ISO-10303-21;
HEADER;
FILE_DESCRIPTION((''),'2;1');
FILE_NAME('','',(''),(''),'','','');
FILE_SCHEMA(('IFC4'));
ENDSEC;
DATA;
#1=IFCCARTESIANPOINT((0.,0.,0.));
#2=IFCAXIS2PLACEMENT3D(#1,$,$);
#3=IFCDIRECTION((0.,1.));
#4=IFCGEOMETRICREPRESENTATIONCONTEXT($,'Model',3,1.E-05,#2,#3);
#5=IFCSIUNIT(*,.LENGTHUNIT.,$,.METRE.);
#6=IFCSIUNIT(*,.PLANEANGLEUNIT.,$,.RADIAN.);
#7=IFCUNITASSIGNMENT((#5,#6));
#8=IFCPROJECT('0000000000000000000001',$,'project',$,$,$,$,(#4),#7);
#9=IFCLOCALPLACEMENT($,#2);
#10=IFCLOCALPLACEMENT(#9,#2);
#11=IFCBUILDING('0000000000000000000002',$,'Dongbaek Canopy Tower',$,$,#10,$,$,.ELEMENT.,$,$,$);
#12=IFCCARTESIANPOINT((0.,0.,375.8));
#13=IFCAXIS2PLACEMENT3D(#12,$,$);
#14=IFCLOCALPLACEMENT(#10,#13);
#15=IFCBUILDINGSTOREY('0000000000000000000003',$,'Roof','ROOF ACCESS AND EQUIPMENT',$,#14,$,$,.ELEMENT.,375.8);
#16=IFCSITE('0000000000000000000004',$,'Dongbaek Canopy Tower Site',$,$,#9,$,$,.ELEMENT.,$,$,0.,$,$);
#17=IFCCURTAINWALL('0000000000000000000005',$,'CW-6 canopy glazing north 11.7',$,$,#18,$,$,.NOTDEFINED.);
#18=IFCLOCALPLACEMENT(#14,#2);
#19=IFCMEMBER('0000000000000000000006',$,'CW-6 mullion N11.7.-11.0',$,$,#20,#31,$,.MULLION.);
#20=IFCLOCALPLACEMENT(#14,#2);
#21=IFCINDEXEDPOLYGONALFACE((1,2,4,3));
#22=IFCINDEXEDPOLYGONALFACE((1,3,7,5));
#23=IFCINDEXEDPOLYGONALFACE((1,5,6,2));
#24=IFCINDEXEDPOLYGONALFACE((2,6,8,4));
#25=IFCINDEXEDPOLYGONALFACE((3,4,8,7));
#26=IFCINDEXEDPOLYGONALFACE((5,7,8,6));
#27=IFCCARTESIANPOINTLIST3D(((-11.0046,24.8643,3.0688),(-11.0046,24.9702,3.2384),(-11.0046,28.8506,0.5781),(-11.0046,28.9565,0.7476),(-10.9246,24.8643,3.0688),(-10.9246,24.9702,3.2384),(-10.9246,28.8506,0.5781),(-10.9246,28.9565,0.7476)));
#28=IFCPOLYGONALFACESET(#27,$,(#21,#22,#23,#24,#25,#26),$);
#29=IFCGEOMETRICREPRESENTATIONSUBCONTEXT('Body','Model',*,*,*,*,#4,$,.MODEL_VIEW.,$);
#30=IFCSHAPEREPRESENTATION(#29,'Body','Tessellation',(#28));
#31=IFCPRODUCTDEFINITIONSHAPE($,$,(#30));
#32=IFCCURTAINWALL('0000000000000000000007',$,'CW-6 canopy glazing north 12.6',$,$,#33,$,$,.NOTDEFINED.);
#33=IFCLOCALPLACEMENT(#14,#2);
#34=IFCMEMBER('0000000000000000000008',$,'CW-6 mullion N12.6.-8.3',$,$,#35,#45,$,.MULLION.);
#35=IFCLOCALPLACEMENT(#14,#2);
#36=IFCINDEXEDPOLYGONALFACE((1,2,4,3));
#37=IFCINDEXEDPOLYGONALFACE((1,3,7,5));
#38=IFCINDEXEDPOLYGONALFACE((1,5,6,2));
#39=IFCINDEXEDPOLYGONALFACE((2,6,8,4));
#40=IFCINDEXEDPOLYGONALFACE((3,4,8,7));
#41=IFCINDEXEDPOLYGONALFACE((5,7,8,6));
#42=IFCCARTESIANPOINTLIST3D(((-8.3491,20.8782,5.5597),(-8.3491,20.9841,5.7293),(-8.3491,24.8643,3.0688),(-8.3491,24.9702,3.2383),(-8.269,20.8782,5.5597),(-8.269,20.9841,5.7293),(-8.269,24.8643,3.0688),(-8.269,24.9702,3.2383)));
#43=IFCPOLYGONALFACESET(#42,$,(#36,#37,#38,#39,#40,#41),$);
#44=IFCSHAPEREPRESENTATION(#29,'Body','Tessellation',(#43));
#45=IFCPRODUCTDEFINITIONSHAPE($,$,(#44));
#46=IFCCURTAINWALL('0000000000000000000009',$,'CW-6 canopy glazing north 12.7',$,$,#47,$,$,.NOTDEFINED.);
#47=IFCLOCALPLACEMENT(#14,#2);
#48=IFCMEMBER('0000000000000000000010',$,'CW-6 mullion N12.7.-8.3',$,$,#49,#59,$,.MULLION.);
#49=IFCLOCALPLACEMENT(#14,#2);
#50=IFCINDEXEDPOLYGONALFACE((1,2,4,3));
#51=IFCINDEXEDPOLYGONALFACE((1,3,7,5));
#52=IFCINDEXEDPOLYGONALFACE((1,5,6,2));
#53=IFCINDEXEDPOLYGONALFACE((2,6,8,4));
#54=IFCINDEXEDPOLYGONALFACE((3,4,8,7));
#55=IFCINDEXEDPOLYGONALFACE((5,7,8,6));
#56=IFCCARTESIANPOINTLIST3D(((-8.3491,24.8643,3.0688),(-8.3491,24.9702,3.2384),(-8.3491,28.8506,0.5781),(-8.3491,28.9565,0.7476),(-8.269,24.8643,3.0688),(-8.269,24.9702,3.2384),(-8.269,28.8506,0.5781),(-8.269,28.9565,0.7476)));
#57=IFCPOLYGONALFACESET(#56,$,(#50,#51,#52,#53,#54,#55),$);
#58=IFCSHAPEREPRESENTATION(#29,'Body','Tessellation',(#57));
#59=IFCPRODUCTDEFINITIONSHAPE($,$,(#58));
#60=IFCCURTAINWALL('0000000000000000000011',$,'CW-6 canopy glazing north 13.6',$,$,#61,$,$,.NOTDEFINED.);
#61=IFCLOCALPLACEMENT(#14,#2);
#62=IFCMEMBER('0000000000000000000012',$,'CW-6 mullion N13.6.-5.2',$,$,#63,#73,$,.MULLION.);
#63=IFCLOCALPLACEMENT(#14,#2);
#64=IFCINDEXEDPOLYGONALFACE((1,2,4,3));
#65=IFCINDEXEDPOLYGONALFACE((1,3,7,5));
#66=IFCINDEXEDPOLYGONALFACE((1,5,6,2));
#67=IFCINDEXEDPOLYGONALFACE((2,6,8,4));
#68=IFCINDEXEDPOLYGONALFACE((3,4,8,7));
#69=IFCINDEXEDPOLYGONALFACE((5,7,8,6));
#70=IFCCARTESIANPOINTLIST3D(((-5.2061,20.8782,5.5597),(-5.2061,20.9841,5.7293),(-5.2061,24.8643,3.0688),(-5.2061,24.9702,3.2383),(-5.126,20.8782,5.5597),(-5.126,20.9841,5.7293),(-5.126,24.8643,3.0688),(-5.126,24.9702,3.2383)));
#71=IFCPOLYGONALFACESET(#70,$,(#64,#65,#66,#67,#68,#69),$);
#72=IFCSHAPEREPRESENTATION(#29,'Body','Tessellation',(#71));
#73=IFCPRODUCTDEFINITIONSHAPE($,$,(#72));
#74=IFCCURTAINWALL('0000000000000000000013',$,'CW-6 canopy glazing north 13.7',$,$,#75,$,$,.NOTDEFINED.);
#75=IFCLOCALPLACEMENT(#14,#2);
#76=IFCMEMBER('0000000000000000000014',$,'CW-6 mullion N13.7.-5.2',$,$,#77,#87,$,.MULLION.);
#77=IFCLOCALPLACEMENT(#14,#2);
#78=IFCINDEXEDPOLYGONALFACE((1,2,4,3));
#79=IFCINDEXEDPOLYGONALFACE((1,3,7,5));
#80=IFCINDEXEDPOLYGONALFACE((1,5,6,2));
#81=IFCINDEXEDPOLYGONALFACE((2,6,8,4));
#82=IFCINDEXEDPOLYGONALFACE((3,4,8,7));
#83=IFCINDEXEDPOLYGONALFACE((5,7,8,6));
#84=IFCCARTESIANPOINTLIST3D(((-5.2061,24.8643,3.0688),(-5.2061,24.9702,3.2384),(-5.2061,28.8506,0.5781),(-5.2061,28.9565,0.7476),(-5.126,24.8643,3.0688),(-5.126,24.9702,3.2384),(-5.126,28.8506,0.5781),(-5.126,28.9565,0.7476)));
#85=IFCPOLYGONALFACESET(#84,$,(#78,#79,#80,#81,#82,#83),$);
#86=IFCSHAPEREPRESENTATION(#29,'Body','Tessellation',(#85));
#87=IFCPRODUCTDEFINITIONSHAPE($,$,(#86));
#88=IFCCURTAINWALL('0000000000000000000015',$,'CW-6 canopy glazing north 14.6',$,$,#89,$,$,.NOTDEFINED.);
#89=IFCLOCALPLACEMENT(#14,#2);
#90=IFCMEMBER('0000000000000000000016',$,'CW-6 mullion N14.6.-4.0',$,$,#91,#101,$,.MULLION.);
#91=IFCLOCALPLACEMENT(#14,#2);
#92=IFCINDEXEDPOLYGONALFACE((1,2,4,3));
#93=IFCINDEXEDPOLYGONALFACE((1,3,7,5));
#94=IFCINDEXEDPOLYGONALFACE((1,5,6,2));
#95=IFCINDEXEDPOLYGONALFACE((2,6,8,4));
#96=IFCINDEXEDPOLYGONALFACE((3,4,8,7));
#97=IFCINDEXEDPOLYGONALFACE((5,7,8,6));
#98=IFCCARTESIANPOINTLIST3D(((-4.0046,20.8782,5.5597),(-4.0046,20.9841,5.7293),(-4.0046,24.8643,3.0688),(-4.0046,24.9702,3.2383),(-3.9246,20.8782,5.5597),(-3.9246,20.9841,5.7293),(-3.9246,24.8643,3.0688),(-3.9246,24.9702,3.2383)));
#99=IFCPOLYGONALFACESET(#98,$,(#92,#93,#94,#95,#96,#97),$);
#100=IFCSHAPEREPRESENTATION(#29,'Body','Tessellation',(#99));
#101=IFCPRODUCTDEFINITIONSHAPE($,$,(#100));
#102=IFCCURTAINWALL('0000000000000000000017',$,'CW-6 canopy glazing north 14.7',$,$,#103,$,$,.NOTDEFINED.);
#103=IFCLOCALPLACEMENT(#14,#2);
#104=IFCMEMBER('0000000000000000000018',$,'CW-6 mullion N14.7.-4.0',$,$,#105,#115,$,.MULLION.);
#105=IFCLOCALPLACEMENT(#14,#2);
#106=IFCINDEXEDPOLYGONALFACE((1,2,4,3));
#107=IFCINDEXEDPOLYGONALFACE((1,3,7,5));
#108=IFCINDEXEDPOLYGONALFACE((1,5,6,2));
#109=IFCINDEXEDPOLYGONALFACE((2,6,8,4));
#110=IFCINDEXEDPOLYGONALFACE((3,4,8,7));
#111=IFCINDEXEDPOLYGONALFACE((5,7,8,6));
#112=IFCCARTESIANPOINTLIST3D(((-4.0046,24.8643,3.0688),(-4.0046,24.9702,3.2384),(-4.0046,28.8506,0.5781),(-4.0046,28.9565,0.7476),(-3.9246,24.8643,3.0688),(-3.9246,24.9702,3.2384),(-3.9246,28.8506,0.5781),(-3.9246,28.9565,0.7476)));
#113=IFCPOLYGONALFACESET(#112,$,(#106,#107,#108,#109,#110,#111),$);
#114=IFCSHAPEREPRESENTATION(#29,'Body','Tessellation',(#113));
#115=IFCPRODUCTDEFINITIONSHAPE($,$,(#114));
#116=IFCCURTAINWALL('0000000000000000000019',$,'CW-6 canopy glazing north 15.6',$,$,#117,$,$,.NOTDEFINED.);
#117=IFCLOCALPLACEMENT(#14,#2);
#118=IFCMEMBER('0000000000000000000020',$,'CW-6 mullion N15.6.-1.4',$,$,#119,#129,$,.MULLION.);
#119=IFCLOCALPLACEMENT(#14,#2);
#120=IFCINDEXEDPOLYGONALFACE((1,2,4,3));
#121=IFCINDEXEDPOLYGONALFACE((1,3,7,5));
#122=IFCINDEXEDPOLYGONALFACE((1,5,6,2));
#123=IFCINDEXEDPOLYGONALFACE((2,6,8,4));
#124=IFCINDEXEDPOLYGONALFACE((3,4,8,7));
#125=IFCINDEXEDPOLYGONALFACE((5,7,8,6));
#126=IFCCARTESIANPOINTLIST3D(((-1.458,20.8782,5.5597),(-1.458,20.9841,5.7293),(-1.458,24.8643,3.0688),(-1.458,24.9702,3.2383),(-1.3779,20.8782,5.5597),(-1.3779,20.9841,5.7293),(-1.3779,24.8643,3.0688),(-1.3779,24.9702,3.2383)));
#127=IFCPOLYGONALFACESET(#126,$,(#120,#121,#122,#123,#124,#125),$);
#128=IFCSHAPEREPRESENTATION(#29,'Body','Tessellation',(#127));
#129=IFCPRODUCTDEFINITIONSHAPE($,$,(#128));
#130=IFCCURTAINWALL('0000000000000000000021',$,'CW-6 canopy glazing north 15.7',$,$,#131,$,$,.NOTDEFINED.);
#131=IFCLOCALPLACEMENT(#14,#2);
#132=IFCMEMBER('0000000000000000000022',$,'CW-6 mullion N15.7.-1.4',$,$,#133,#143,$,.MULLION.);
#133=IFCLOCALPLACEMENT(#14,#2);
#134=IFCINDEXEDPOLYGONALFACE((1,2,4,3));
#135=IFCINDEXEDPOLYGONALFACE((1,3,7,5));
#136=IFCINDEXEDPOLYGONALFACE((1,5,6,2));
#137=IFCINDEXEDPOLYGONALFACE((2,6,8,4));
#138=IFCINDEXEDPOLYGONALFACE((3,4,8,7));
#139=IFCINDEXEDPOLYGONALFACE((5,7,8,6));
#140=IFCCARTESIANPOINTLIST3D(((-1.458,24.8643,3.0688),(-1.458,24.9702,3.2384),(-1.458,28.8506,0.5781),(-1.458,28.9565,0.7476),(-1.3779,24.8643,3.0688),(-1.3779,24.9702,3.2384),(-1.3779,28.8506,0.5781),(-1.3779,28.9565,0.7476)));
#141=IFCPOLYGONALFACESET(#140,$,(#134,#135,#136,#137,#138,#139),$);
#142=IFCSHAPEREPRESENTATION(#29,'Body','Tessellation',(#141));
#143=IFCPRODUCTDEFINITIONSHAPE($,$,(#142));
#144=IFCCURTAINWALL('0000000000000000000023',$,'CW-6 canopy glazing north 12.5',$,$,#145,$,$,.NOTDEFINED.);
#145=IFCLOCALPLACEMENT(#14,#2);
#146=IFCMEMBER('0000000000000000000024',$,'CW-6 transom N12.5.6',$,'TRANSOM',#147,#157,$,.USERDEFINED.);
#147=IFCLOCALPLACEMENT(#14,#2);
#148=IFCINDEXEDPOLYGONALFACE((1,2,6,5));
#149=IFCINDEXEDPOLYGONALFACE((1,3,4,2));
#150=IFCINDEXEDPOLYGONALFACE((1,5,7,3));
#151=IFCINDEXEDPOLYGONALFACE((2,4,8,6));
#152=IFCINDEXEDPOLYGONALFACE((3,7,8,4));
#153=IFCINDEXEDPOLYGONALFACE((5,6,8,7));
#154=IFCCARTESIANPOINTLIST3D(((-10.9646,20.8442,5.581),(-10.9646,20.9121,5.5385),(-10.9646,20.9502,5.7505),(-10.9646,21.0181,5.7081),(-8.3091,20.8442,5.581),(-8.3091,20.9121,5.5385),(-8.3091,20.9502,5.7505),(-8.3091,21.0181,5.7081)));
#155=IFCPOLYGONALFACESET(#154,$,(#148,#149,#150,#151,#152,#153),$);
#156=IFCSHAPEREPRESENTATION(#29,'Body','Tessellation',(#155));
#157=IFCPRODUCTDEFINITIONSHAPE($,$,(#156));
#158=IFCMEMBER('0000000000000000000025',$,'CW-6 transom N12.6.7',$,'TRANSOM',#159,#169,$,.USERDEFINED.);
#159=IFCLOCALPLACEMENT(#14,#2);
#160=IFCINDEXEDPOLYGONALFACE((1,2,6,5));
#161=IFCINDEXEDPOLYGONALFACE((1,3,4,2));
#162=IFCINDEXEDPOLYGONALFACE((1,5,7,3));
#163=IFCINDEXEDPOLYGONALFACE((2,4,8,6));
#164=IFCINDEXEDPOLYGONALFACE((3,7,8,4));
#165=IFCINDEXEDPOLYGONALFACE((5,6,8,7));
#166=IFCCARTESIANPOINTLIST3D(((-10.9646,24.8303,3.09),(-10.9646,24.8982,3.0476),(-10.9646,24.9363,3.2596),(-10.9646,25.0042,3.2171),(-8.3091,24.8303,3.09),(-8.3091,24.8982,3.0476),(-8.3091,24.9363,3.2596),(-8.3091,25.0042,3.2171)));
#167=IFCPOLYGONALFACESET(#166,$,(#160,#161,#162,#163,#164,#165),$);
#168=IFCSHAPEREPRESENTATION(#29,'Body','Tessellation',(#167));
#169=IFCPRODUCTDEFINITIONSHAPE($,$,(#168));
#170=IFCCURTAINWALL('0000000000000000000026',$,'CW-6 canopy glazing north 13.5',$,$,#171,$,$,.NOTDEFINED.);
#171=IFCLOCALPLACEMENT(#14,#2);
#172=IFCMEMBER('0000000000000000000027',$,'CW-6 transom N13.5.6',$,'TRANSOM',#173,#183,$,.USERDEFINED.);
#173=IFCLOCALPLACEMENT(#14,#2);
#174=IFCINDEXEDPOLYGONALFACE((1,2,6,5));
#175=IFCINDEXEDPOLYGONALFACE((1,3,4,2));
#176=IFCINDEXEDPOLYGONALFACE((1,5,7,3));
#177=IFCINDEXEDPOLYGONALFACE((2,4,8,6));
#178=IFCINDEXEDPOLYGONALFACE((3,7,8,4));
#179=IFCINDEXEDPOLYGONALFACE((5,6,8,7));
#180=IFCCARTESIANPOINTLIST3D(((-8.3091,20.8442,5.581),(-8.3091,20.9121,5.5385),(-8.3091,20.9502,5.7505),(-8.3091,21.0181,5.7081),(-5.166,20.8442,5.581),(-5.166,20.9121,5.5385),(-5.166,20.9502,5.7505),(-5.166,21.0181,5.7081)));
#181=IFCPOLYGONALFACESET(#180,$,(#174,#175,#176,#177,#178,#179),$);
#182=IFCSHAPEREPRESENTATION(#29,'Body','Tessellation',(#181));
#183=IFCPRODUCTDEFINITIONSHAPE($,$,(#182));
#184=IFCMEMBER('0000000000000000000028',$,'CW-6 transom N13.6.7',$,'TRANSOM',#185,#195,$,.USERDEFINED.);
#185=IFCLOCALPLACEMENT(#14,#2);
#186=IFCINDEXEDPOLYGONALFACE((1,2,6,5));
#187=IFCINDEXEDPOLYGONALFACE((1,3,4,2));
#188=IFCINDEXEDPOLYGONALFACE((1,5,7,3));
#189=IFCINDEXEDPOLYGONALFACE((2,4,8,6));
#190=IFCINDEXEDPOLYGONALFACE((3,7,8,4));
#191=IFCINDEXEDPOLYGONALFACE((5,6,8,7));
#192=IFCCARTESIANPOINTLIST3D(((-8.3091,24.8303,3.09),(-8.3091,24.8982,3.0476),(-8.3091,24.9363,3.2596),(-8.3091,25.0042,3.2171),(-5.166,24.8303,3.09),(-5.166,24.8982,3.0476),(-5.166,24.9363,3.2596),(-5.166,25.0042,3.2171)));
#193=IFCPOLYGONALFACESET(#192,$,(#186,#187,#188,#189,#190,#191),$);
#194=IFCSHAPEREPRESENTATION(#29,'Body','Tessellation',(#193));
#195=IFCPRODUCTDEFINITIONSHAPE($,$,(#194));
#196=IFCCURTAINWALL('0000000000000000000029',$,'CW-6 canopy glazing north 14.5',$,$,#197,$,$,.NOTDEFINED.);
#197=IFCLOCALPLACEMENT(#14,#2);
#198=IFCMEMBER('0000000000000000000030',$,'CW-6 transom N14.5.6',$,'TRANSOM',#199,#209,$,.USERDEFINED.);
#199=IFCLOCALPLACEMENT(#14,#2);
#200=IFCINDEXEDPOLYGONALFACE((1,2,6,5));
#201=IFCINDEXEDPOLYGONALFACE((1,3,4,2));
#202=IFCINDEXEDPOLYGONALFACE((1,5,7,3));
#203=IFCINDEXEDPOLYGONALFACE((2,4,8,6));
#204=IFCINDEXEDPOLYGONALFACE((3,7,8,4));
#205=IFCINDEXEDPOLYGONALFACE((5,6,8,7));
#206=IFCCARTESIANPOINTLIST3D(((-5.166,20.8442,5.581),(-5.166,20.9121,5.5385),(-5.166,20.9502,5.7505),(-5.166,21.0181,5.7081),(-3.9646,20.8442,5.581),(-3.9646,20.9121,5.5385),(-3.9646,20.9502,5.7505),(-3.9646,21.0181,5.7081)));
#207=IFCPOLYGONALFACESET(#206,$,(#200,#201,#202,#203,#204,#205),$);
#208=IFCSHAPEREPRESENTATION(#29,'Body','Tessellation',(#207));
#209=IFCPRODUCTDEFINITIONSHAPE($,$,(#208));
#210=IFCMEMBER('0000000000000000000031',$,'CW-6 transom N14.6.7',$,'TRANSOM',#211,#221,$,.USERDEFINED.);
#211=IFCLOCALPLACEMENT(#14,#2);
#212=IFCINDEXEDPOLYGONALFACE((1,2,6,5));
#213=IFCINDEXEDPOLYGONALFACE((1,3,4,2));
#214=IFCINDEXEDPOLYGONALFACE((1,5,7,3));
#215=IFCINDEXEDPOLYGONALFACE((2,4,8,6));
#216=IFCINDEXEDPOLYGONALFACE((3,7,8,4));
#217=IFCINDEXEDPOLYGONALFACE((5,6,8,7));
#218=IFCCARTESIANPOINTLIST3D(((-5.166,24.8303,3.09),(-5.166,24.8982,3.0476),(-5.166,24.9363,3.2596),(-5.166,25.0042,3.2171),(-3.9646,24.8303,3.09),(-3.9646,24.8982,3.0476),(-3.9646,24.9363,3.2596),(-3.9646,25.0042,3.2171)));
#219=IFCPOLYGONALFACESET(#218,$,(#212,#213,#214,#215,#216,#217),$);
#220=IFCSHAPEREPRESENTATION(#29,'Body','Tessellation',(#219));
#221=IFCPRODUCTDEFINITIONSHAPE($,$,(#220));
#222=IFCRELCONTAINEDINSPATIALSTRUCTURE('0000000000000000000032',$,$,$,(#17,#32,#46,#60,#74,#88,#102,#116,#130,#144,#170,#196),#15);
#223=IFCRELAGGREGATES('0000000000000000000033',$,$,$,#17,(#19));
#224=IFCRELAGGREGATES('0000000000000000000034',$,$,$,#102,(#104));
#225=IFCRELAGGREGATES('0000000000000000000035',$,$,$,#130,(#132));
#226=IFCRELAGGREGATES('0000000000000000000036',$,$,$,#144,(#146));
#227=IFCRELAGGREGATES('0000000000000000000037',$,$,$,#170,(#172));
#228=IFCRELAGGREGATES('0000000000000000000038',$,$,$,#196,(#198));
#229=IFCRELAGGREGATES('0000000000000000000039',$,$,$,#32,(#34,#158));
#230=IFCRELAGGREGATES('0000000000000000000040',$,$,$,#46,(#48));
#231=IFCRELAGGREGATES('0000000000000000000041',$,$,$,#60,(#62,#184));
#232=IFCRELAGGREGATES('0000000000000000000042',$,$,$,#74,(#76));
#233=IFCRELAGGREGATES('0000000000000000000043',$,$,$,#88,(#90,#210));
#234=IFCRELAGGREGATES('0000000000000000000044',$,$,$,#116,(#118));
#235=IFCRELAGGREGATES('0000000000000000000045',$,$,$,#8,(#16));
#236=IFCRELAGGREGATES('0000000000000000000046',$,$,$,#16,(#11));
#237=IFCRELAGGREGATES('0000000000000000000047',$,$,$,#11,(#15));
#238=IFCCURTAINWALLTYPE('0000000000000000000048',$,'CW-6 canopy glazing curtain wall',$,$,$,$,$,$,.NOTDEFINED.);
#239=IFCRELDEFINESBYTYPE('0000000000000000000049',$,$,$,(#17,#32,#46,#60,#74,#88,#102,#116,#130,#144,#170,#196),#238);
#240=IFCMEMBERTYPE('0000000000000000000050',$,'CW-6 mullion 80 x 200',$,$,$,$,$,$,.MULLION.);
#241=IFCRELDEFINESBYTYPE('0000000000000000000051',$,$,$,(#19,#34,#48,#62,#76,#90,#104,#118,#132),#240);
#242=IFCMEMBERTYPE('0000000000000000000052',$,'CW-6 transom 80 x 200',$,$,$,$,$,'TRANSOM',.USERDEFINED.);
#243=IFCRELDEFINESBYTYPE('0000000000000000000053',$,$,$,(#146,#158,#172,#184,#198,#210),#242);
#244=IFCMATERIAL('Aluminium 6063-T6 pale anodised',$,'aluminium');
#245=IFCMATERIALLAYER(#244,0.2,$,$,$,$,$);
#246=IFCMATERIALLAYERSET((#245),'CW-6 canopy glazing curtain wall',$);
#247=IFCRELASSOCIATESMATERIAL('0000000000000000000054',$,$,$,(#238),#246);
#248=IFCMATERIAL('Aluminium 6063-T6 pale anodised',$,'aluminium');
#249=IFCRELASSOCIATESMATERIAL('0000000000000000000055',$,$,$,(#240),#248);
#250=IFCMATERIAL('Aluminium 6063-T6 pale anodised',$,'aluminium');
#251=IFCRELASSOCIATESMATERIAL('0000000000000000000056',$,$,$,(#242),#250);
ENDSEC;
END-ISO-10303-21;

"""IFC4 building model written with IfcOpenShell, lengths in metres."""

from ifc_helpers import new_model, si_unit, direction, frame, origin, origin_2d, place, context, subcontext, project, spatial, rectangle, extrude, material, layer, layer_set, material_profile, profile_set, type_object, element, aggregate, save


model = new_model("IFC4")

# Units and contexts
model_context = context("Model", 3, precision=1e-05, world=origin(), true_north=direction((0.0, 1.0)))
body_context = subcontext(model_context, "Body", "Model", "MODEL_VIEW")
ifc_project = project(units=[si_unit("LENGTHUNIT", "METRE"), si_unit("PLANEANGLEUNIT", "RADIAN")], contexts=[model_context])

# Site, building, storey
site_placement = place(None, origin())
site = spatial("IfcSite", under=ifc_project, at=site_placement, Name="Dongbaek Canopy Tower Site", CompositionType="ELEMENT", RefElevation=0.0)
building_placement = place(site_placement, origin())
building = spatial("IfcBuilding", under=site, at=building_placement, Name="Dongbaek Canopy Tower", CompositionType="ELEMENT")
storey_placement = place(building_placement, frame((0.0, 0.0, 375.8)))
storey = spatial("IfcBuildingStorey", under=building, at=storey_placement, Name="Roof", Description="ROOF ACCESS AND EQUIPMENT", CompositionType="ELEMENT", Elevation=375.8)

# Curtain walls, members
ifc_material_1 = material(Name="Aluminium 6063-T6 pale anodised", Category="aluminium")
ifc_layer_1 = layer(ifc_material_1, 0.2)
ifc_layer_set_1 = layer_set([ifc_layer_1], Name="CW-6 canopy glazing curtain wall")
curtain_wall_type = type_object("IfcCurtainWallType", Name="CW-6 canopy glazing curtain wall", PredefinedType="NOTDEFINED", material=ifc_layer_set_1)
curtain_wall_1_placement = place(storey_placement, origin())
curtain_wall_1 = element("IfcCurtainWall", 1, at=curtain_wall_1_placement, inside=storey, type_object=curtain_wall_type, Name="CW-6 canopy glazing north 11.7", PredefinedType="NOTDEFINED")
ifc_material_2 = material(Name="Aluminium 6063-T6 pale anodised", Category="aluminium")
ifc_material_profile_1 = material_profile(ifc_material_2, rectangle(XDim=0.0801, YDim=0.2, at=origin_2d()), Name="CW-6 mullion 80 x 200")
ifc_profile_set_1 = profile_set([ifc_material_profile_1], Name="Aluminium 6063-T6 pale anodised")
member_type_1 = type_object("IfcMemberType", Name="CW-6 mullion 80 x 200", PredefinedType="MULLION", material=ifc_profile_set_1)
member_1_placement = place(storey_placement, frame((-10.9646, 24.9172, 3.1536), z_axis=(0.0, 0.848068, -0.529887), x_axis=(-1.0, 0.0, 0.0)))
member_1 = element("IfcMember", 2, at=member_1_placement, type_object=member_type_1, Name="CW-6 mullion N11.7.-11.0", PredefinedType="MULLION", context=body_context, shape_type="SweptSolid", body=[
    extrude(rectangle(XDim=0.0801, YDim=0.2, at=origin_2d()), origin(), (0.0, 0.0, 1.0), 4.7004),
])
aggregate(curtain_wall_1, [member_1])
curtain_wall_2_placement = place(storey_placement, origin())
curtain_wall_2 = element("IfcCurtainWall", 3, at=curtain_wall_2_placement, inside=storey, type_object=curtain_wall_type, Name="CW-6 canopy glazing north 12.6", PredefinedType="NOTDEFINED")
member_2_placement = place(storey_placement, frame((-8.3091, 20.9312, 5.6445), z_axis=(0.0, 0.84803, -0.529948), x_axis=(-1.0, 0.0, 0.0)))
member_2 = element("IfcMember", 4, at=member_2_placement, type_object=member_type_1, Name="CW-6 mullion N12.6.-8.3", PredefinedType="MULLION", context=body_context, shape_type="SweptSolid", body=[
    extrude(rectangle(XDim=0.0801, YDim=0.2, at=origin_2d()), origin(), (0.0, 0.0, 1.0), 4.7004),
])
curtain_wall_3_placement = place(storey_placement, origin())
curtain_wall_3 = element("IfcCurtainWall", 5, at=curtain_wall_3_placement, inside=storey, type_object=curtain_wall_type, Name="CW-6 canopy glazing north 12.7", PredefinedType="NOTDEFINED")
member_3_placement = place(storey_placement, frame((-8.3091, 24.9172, 3.1536), z_axis=(0.0, 0.848068, -0.529887), x_axis=(-1.0, 0.0, 0.0)))
member_3 = element("IfcMember", 6, at=member_3_placement, type_object=member_type_1, Name="CW-6 mullion N12.7.-8.3", PredefinedType="MULLION", context=body_context, shape_type="SweptSolid", body=[
    extrude(rectangle(XDim=0.0801, YDim=0.2, at=origin_2d()), origin(), (0.0, 0.0, 1.0), 4.7004),
])
curtain_wall_4_placement = place(storey_placement, origin())
curtain_wall_4 = element("IfcCurtainWall", 7, at=curtain_wall_4_placement, inside=storey, type_object=curtain_wall_type, Name="CW-6 canopy glazing north 13.6", PredefinedType="NOTDEFINED")
member_4_placement = place(storey_placement, frame((-5.166, 20.9312, 5.6445), z_axis=(0.0, 0.84803, -0.529948), x_axis=(-1.0, 0.0, 0.0)))
member_4 = element("IfcMember", 8, at=member_4_placement, type_object=member_type_1, Name="CW-6 mullion N13.6.-5.2", PredefinedType="MULLION", context=body_context, shape_type="SweptSolid", body=[
    extrude(rectangle(XDim=0.0801, YDim=0.2, at=origin_2d()), origin(), (0.0, 0.0, 1.0), 4.7004),
])
curtain_wall_5_placement = place(storey_placement, origin())
curtain_wall_5 = element("IfcCurtainWall", 9, at=curtain_wall_5_placement, inside=storey, type_object=curtain_wall_type, Name="CW-6 canopy glazing north 13.7", PredefinedType="NOTDEFINED")
member_5_placement = place(storey_placement, frame((-5.166, 24.9172, 3.1536), z_axis=(0.0, 0.848068, -0.529887), x_axis=(-1.0, 0.0, 0.0)))
member_5 = element("IfcMember", 10, at=member_5_placement, type_object=member_type_1, Name="CW-6 mullion N13.7.-5.2", PredefinedType="MULLION", context=body_context, shape_type="SweptSolid", body=[
    extrude(rectangle(XDim=0.0801, YDim=0.2, at=origin_2d()), origin(), (0.0, 0.0, 1.0), 4.7004),
])
curtain_wall_6_placement = place(storey_placement, origin())
curtain_wall_6 = element("IfcCurtainWall", 11, at=curtain_wall_6_placement, inside=storey, type_object=curtain_wall_type, Name="CW-6 canopy glazing north 14.6", PredefinedType="NOTDEFINED")
member_6_placement = place(storey_placement, frame((-3.9646, 20.9312, 5.6445), z_axis=(0.0, 0.84803, -0.529948), x_axis=(-1.0, 0.0, 0.0)))
member_6 = element("IfcMember", 12, at=member_6_placement, type_object=member_type_1, Name="CW-6 mullion N14.6.-4.0", PredefinedType="MULLION", context=body_context, shape_type="SweptSolid", body=[
    extrude(rectangle(XDim=0.0801, YDim=0.2, at=origin_2d()), origin(), (0.0, 0.0, 1.0), 4.7004),
])
curtain_wall_7_placement = place(storey_placement, origin())
curtain_wall_7 = element("IfcCurtainWall", 13, at=curtain_wall_7_placement, inside=storey, type_object=curtain_wall_type, Name="CW-6 canopy glazing north 14.7", PredefinedType="NOTDEFINED")
member_7_placement = place(storey_placement, frame((-3.9646, 24.9172, 3.1536), z_axis=(0.0, 0.848068, -0.529887), x_axis=(-1.0, 0.0, 0.0)))
member_7 = element("IfcMember", 14, at=member_7_placement, type_object=member_type_1, Name="CW-6 mullion N14.7.-4.0", PredefinedType="MULLION", context=body_context, shape_type="SweptSolid", body=[
    extrude(rectangle(XDim=0.0801, YDim=0.2, at=origin_2d()), origin(), (0.0, 0.0, 1.0), 4.7004),
])
aggregate(curtain_wall_7, [member_7])
curtain_wall_8_placement = place(storey_placement, origin())
curtain_wall_8 = element("IfcCurtainWall", 15, at=curtain_wall_8_placement, inside=storey, type_object=curtain_wall_type, Name="CW-6 canopy glazing north 15.6", PredefinedType="NOTDEFINED")
member_8_placement = place(storey_placement, frame((-1.418, 20.9312, 5.6445), z_axis=(0.0, 0.84803, -0.529948), x_axis=(-1.0, 0.0, 0.0)))
member_8 = element("IfcMember", 16, at=member_8_placement, type_object=member_type_1, Name="CW-6 mullion N15.6.-1.4", PredefinedType="MULLION", context=body_context, shape_type="SweptSolid", body=[
    extrude(rectangle(XDim=0.0801, YDim=0.2, at=origin_2d()), origin(), (0.0, 0.0, 1.0), 4.7004),
])
curtain_wall_9_placement = place(storey_placement, origin())
curtain_wall_9 = element("IfcCurtainWall", 17, at=curtain_wall_9_placement, inside=storey, type_object=curtain_wall_type, Name="CW-6 canopy glazing north 15.7", PredefinedType="NOTDEFINED")
member_9_placement = place(storey_placement, frame((-1.418, 24.9172, 3.1536), z_axis=(0.0, 0.848068, -0.529887), x_axis=(-1.0, 0.0, 0.0)))
member_9 = element("IfcMember", 18, at=member_9_placement, type_object=member_type_1, Name="CW-6 mullion N15.7.-1.4", PredefinedType="MULLION", context=body_context, shape_type="SweptSolid", body=[
    extrude(rectangle(XDim=0.0801, YDim=0.2, at=origin_2d()), origin(), (0.0, 0.0, 1.0), 4.7004),
])
aggregate(curtain_wall_9, [member_9])
curtain_wall_10_placement = place(storey_placement, origin())
curtain_wall_10 = element("IfcCurtainWall", 19, at=curtain_wall_10_placement, inside=storey, type_object=curtain_wall_type, Name="CW-6 canopy glazing north 12.5", PredefinedType="NOTDEFINED")
ifc_material_3 = material(Name="Aluminium 6063-T6 pale anodised", Category="aluminium")
ifc_material_profile_2 = material_profile(ifc_material_3, rectangle(XDim=0.0801, YDim=0.2, at=origin_2d()), Name="CW-6 transom 80 x 200")
ifc_profile_set_2 = profile_set([ifc_material_profile_2], Name="Aluminium 6063-T6 pale anodised")
member_type_2 = type_object("IfcMemberType", Name="CW-6 transom 80 x 200", ElementType="TRANSOM", PredefinedType="USERDEFINED", material=ifc_profile_set_2)
member_10_placement = place(storey_placement, frame((-10.9646, 20.9312, 5.6445), z_axis=(1.0, 0.0, 0.0), x_axis=(0.0, 0.848048, -0.529919)))
member_10 = element("IfcMember", 20, at=member_10_placement, type_object=member_type_2, Name="CW-6 transom N12.5.6", ObjectType="TRANSOM", PredefinedType="USERDEFINED", context=body_context, shape_type="SweptSolid", body=[
    extrude(rectangle(XDim=0.0801, YDim=0.2, at=origin_2d()), origin(), (0.0, 0.0, 1.0), 2.6555),
])
aggregate(curtain_wall_10, [member_10])

# Member
member_11_placement = place(storey_placement, frame((-10.9646, 24.9172, 3.1536), z_axis=(1.0, 0.0, 0.0), x_axis=(0.0, 0.848048, -0.529919)))
member_11 = element("IfcMember", 21, at=member_11_placement, type_object=member_type_2, Name="CW-6 transom N12.6.7", ObjectType="TRANSOM", PredefinedType="USERDEFINED", context=body_context, shape_type="SweptSolid", body=[
    extrude(rectangle(XDim=0.0801, YDim=0.2, at=origin_2d()), origin(), (0.0, 0.0, 1.0), 2.6555),
])

# Curtain wall, member
curtain_wall_11_placement = place(storey_placement, origin())
curtain_wall_11 = element("IfcCurtainWall", 22, at=curtain_wall_11_placement, inside=storey, type_object=curtain_wall_type, Name="CW-6 canopy glazing north 13.5", PredefinedType="NOTDEFINED")
member_12_placement = place(storey_placement, frame((-8.3091, 20.9312, 5.6445), z_axis=(1.0, 0.0, 0.0), x_axis=(0.0, 0.848048, -0.529919)))
member_12 = element("IfcMember", 23, at=member_12_placement, type_object=member_type_2, Name="CW-6 transom N13.5.6", ObjectType="TRANSOM", PredefinedType="USERDEFINED", context=body_context, shape_type="SweptSolid", body=[
    extrude(rectangle(XDim=0.0801, YDim=0.2, at=origin_2d()), origin(), (0.0, 0.0, 1.0), 3.1431),
])
aggregate(curtain_wall_11, [member_12])

# Member
member_13_placement = place(storey_placement, frame((-8.3091, 24.9172, 3.1536), z_axis=(1.0, 0.0, 0.0), x_axis=(0.0, 0.848048, -0.529919)))
member_13 = element("IfcMember", 24, at=member_13_placement, type_object=member_type_2, Name="CW-6 transom N13.6.7", ObjectType="TRANSOM", PredefinedType="USERDEFINED", context=body_context, shape_type="SweptSolid", body=[
    extrude(rectangle(XDim=0.0801, YDim=0.2, at=origin_2d()), origin(), (0.0, 0.0, 1.0), 3.1431),
])

# Curtain wall, member
curtain_wall_12_placement = place(storey_placement, origin())
curtain_wall_12 = element("IfcCurtainWall", 25, at=curtain_wall_12_placement, inside=storey, type_object=curtain_wall_type, Name="CW-6 canopy glazing north 14.5", PredefinedType="NOTDEFINED")
member_14_placement = place(storey_placement, frame((-5.166, 20.9312, 5.6445), z_axis=(1.0, 0.0, 0.0), x_axis=(0.0, 0.848048, -0.529919)))
member_14 = element("IfcMember", 26, at=member_14_placement, type_object=member_type_2, Name="CW-6 transom N14.5.6", ObjectType="TRANSOM", PredefinedType="USERDEFINED", context=body_context, shape_type="SweptSolid", body=[
    extrude(rectangle(XDim=0.0801, YDim=0.2, at=origin_2d()), origin(), (0.0, 0.0, 1.0), 1.2014),
])
aggregate(curtain_wall_12, [member_14])

# Member
member_15_placement = place(storey_placement, frame((-5.166, 24.9172, 3.1536), z_axis=(1.0, 0.0, 0.0), x_axis=(0.0, 0.848048, -0.529919)))
member_15 = element("IfcMember", 27, at=member_15_placement, type_object=member_type_2, Name="CW-6 transom N14.6.7", ObjectType="TRANSOM", PredefinedType="USERDEFINED", context=body_context, shape_type="SweptSolid", body=[
    extrude(rectangle(XDim=0.0801, YDim=0.2, at=origin_2d()), origin(), (0.0, 0.0, 1.0), 1.2014),
])

aggregate(curtain_wall_2, [member_2, member_11])
aggregate(curtain_wall_3, [member_3])
aggregate(curtain_wall_4, [member_4, member_13])
aggregate(curtain_wall_5, [member_5])
aggregate(curtain_wall_6, [member_6, member_15])
aggregate(curtain_wall_8, [member_8])

save(model, "model.ifc")
